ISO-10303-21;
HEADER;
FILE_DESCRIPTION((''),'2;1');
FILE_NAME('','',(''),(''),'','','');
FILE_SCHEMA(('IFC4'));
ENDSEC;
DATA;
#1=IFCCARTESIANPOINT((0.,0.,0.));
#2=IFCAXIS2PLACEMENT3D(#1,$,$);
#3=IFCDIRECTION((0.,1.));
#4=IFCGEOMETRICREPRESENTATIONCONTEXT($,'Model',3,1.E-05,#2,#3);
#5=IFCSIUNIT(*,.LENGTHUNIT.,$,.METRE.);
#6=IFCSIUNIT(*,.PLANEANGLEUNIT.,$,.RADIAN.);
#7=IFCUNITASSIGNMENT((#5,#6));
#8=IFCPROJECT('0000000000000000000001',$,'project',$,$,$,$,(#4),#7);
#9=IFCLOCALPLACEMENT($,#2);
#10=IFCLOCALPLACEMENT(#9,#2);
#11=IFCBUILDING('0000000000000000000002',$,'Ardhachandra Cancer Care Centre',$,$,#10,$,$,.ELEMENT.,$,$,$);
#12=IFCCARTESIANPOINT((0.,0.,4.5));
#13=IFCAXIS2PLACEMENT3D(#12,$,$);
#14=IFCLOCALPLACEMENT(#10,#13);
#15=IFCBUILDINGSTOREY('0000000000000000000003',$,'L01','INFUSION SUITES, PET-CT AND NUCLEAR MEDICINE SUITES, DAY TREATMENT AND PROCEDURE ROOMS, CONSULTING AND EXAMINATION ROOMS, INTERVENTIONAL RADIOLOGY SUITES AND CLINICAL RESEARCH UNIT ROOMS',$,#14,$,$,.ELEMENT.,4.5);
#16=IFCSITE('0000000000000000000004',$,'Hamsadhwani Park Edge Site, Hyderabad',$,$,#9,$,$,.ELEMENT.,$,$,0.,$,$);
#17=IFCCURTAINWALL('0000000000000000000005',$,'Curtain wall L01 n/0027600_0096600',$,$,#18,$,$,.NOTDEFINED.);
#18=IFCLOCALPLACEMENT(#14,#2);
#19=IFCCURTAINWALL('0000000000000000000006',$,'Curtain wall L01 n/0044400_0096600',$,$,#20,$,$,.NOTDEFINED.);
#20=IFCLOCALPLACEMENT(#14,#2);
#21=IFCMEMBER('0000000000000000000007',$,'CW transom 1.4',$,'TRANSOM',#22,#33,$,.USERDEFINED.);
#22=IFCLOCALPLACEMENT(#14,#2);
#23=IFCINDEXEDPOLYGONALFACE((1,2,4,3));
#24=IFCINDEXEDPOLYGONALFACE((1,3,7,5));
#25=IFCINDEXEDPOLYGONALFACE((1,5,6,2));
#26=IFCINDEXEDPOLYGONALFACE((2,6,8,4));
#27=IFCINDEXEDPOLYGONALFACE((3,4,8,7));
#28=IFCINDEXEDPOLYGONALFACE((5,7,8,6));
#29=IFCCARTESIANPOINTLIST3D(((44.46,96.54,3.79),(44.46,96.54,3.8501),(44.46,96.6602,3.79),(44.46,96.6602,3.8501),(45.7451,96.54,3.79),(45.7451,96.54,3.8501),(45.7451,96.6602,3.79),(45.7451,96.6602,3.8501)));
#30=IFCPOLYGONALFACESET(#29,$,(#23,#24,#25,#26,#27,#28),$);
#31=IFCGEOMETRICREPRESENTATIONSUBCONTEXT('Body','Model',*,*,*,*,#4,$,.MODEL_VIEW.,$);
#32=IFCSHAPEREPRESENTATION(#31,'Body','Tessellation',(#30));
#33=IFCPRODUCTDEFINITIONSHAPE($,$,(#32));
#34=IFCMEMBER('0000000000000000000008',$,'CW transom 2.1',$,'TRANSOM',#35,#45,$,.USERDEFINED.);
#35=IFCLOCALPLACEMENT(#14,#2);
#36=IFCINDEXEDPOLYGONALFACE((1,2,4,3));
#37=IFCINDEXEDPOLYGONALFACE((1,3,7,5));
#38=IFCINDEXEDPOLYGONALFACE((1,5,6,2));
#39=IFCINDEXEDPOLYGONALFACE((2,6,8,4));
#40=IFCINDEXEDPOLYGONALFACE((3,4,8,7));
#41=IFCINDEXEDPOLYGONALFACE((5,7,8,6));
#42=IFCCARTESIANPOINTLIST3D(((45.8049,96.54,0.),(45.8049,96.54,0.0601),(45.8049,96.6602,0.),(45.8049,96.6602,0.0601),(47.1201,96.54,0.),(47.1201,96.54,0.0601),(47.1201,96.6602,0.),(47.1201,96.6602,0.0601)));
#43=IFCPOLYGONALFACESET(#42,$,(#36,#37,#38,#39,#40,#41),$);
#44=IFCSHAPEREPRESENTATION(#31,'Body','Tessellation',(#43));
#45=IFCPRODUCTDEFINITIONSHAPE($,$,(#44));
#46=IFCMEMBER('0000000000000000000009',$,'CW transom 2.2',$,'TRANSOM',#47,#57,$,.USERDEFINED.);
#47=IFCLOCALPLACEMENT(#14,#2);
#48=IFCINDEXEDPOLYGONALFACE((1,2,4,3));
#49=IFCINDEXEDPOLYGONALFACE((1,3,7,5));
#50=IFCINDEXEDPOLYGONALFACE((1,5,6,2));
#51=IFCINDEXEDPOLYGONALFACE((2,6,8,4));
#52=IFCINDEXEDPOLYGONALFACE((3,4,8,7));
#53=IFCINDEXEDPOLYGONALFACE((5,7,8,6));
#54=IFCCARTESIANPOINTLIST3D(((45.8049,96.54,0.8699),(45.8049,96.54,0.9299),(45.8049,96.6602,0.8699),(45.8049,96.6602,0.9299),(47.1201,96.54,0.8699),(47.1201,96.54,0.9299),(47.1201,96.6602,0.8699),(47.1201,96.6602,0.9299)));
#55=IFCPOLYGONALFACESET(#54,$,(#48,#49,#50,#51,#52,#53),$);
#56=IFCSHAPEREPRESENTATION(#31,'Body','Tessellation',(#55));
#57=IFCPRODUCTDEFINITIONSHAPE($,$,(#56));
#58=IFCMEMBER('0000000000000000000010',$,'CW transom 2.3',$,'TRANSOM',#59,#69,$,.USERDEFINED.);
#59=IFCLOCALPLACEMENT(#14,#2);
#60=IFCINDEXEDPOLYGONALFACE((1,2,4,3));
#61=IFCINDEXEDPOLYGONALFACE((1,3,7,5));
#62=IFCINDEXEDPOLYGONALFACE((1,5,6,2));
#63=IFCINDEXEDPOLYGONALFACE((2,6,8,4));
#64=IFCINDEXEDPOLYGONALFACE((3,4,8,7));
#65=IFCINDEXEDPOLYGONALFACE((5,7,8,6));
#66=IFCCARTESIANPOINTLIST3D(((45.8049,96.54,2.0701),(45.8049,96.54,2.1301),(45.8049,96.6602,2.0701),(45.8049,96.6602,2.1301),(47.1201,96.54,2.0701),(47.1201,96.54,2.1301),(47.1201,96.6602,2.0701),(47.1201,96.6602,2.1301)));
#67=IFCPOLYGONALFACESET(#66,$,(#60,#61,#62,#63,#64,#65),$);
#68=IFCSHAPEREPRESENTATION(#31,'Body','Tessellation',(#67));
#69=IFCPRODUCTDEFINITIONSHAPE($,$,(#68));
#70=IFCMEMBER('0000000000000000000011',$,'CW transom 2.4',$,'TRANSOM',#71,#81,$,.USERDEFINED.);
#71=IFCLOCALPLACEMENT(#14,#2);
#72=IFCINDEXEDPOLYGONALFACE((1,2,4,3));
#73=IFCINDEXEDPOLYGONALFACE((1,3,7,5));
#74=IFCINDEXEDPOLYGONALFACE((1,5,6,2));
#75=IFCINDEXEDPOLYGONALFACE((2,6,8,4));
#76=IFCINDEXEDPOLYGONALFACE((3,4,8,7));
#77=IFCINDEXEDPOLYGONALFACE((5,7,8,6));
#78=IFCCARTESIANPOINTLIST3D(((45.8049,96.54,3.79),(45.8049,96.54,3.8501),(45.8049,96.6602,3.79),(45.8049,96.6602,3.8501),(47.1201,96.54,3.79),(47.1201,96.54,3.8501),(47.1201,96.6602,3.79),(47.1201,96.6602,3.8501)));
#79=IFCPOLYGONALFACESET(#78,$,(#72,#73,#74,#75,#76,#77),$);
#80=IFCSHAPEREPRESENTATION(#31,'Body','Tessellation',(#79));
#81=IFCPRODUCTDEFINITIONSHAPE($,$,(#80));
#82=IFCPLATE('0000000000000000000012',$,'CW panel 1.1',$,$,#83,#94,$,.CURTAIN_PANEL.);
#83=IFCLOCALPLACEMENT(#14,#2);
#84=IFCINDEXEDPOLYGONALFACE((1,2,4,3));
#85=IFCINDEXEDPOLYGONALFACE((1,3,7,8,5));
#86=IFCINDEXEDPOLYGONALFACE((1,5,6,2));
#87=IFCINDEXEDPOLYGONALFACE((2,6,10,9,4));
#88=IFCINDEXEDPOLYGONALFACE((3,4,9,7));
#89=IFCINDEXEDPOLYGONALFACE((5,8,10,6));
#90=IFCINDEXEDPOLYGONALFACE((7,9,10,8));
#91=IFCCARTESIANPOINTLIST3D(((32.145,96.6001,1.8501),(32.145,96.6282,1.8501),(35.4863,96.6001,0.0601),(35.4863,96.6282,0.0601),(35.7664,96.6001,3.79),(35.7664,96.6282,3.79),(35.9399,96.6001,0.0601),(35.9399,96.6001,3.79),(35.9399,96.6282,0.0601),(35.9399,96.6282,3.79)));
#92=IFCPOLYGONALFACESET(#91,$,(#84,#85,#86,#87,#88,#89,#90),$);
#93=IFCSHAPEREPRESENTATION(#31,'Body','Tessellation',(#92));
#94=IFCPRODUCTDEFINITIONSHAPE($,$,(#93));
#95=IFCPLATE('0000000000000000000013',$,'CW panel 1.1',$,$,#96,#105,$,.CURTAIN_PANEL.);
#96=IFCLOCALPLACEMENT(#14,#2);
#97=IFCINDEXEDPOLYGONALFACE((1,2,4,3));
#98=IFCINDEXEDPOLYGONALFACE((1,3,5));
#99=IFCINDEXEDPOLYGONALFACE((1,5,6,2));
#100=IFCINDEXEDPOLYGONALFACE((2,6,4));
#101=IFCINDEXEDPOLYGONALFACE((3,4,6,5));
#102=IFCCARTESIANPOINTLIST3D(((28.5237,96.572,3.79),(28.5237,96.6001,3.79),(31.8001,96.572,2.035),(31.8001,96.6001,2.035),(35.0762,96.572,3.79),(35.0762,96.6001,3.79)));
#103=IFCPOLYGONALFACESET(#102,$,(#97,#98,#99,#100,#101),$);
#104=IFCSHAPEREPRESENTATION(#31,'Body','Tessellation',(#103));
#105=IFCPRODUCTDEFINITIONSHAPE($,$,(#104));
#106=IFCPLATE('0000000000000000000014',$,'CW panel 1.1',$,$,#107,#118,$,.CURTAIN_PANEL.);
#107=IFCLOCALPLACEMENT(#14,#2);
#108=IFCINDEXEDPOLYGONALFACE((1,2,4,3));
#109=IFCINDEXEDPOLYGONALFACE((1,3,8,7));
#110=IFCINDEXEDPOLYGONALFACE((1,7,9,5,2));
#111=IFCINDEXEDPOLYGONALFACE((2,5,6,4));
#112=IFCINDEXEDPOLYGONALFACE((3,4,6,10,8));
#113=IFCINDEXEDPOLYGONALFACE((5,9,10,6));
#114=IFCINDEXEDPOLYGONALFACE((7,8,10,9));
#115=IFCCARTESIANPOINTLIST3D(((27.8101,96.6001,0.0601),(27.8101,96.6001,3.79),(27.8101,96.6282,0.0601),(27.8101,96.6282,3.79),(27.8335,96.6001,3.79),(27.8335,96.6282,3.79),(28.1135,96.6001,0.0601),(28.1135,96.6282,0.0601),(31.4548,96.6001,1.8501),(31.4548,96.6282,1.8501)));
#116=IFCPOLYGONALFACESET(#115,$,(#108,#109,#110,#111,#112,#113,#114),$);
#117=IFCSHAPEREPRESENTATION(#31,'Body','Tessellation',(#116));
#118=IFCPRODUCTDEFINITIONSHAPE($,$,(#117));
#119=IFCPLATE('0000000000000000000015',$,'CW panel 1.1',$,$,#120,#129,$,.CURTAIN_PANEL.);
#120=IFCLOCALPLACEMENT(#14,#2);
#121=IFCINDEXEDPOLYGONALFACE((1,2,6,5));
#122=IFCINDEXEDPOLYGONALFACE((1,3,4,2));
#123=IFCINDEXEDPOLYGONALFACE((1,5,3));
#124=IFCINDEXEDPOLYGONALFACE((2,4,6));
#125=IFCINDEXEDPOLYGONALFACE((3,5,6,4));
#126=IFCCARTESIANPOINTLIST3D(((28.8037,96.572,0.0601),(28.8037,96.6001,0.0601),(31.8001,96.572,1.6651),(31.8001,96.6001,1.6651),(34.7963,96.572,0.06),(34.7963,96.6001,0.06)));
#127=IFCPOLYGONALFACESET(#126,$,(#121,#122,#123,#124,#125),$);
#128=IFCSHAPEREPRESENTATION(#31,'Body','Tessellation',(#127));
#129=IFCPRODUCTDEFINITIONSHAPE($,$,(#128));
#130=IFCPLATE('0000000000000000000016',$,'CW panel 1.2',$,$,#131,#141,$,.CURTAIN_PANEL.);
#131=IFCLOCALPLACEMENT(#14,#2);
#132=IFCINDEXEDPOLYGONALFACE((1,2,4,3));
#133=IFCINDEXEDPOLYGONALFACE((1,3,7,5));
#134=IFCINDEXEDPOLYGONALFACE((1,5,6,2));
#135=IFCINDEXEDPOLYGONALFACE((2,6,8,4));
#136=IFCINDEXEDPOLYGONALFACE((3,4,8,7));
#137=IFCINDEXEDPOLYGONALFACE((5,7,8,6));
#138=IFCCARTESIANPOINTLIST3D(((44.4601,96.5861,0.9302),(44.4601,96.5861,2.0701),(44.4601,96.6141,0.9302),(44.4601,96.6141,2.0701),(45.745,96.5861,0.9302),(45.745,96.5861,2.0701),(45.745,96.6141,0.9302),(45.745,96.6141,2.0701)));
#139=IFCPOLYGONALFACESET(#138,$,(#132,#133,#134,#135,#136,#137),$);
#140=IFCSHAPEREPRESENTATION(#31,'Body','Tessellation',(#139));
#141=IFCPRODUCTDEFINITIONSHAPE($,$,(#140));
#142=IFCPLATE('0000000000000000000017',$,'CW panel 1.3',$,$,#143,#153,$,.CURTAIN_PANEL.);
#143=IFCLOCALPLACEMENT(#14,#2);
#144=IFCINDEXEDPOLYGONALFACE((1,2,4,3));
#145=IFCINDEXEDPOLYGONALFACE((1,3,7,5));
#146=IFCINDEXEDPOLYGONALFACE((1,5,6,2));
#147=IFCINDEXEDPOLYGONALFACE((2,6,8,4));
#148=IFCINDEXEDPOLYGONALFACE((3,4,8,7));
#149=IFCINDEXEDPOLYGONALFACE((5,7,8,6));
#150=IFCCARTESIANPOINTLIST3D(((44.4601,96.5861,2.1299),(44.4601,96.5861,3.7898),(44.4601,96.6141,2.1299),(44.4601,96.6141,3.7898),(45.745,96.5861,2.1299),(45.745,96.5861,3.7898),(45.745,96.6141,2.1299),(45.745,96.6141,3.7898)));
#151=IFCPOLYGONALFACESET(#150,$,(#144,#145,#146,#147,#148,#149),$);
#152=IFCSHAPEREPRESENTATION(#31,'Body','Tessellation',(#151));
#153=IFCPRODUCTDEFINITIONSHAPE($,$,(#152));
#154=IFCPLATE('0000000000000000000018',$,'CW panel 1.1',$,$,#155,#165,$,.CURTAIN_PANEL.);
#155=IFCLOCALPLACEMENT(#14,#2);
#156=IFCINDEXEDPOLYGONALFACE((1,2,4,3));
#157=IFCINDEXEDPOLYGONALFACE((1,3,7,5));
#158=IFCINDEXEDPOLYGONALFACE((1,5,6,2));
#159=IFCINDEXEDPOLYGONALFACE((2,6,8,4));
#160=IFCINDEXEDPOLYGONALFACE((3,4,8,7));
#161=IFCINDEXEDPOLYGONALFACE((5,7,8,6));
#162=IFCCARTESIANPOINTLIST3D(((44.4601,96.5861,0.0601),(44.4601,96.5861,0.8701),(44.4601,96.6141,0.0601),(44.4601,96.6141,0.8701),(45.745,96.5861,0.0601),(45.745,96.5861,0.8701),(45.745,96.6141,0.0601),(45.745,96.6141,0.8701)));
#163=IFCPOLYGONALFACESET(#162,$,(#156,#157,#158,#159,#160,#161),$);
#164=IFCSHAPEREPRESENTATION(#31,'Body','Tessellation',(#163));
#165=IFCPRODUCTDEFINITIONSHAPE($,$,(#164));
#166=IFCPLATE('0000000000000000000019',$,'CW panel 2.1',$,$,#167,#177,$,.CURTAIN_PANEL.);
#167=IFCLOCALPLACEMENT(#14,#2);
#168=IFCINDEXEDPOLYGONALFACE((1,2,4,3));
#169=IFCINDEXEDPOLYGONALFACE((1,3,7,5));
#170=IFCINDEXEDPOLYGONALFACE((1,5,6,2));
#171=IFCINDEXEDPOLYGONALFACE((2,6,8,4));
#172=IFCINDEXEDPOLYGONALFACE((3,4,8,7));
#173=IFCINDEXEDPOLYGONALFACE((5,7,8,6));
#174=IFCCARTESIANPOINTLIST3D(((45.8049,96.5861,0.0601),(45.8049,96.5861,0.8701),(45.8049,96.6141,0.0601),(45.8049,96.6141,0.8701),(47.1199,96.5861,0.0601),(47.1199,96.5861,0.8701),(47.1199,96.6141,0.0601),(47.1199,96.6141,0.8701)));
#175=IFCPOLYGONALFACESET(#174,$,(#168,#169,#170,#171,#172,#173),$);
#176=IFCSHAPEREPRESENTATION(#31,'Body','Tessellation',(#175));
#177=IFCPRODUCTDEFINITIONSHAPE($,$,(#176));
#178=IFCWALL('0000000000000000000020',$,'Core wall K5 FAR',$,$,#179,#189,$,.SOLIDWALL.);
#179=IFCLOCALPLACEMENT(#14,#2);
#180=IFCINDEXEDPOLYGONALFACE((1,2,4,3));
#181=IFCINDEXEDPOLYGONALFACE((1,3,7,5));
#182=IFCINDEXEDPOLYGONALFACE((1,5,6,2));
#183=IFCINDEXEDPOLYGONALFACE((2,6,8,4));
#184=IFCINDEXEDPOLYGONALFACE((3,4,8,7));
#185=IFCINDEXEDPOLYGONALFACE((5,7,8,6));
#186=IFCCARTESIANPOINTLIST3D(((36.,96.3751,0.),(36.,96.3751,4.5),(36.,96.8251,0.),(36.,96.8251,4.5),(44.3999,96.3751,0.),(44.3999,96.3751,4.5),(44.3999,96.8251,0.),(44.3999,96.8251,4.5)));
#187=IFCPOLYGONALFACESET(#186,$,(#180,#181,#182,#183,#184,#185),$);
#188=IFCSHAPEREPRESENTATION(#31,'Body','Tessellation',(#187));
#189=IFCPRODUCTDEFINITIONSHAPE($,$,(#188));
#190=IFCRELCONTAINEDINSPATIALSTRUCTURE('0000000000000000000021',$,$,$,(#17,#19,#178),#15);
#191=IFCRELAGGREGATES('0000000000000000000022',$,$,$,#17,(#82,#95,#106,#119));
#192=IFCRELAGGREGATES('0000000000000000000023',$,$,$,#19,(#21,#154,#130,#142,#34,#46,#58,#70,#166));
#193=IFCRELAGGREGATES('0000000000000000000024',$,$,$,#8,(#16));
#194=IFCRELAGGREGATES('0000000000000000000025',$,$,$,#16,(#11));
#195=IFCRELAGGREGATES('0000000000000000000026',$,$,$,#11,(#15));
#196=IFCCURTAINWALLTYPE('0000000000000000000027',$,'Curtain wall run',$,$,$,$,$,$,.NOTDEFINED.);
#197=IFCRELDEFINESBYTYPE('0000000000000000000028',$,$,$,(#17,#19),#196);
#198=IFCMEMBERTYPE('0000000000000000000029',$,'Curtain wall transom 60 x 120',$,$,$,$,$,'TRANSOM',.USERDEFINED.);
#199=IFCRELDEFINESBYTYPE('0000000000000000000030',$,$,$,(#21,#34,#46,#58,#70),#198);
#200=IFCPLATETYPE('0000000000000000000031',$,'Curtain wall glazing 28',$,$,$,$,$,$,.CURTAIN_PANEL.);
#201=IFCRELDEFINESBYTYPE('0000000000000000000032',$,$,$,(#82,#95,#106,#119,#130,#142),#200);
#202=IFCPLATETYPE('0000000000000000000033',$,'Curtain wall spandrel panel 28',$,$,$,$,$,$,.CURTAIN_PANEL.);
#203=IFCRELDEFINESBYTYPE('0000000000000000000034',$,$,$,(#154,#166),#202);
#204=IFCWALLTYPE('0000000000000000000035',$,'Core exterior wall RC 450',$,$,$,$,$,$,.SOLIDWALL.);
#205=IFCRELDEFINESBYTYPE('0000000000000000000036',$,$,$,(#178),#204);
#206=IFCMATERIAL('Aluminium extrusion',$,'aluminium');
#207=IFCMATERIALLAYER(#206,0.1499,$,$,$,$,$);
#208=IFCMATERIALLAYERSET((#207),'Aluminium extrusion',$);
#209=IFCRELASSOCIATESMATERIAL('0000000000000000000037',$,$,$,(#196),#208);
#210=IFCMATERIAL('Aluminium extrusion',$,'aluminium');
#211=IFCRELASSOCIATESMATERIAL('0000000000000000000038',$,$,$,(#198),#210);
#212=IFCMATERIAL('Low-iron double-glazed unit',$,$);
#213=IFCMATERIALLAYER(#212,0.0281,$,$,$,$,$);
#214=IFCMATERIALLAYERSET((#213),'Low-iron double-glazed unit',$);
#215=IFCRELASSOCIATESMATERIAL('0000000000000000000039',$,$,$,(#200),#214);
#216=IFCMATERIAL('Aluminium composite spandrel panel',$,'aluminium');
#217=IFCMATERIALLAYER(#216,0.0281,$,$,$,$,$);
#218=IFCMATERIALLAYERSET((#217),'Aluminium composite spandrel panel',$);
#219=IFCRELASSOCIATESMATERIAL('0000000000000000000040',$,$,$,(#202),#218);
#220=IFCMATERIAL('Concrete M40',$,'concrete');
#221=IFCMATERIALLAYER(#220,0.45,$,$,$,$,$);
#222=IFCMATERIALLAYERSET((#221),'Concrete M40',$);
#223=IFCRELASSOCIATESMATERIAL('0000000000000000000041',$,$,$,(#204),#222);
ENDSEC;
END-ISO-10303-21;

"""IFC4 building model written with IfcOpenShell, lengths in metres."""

from ifc_helpers import new_model, si_unit, direction, frame, frame_2d, origin, origin_2d, place, context, subcontext, project, spatial, polyline, rectangle, outline, extrude, material, layer, layer_set, material_profile, profile_set, type_object, element, aggregate, save


model = new_model("IFC4")

# Units and contexts
model_context = context("Model", 3, precision=1e-05, world=origin(), true_north=direction((0.0, 1.0)))
body_context = subcontext(model_context, "Body", "Model", "MODEL_VIEW")
ifc_project = project(units=[si_unit("LENGTHUNIT", "METRE"), si_unit("PLANEANGLEUNIT", "RADIAN")], contexts=[model_context])

# Site, building, storey
site_placement = place(None, origin())
site = spatial("IfcSite", under=ifc_project, at=site_placement, Name="Hamsadhwani Park Edge Site, Hyderabad", CompositionType="ELEMENT", RefElevation=0.0)
building_placement = place(site_placement, origin())
building = spatial("IfcBuilding", under=site, at=building_placement, Name="Ardhachandra Cancer Care Centre", CompositionType="ELEMENT")
storey_placement = place(building_placement, frame((0.0, 0.0, 4.5)))
storey = spatial("IfcBuildingStorey", under=building, at=storey_placement, Name="L01", Description="INFUSION SUITES, PET-CT AND NUCLEAR MEDICINE SUITES, DAY TREATMENT AND PROCEDURE ROOMS, CONSULTING AND EXAMINATION ROOMS, INTERVENTIONAL RADIOLOGY SUITES AND CLINICAL RESEARCH UNIT ROOMS", CompositionType="ELEMENT", Elevation=4.5)

# Curtain walls
ifc_material_1 = material(Name="Aluminium extrusion", Category="aluminium")
ifc_layer_1 = layer(ifc_material_1, 0.1499)
ifc_layer_set_1 = layer_set([ifc_layer_1], Name="Aluminium extrusion")
curtain_wall_type = type_object("IfcCurtainWallType", Name="Curtain wall run", PredefinedType="NOTDEFINED", material=ifc_layer_set_1)
curtain_wall_1_placement = place(storey_placement, origin())
curtain_wall_1 = element("IfcCurtainWall", 1, at=curtain_wall_1_placement, inside=storey, type_object=curtain_wall_type, Name="Curtain wall L01 n/0027600_0096600", PredefinedType="NOTDEFINED")
curtain_wall_2_placement = place(storey_placement, origin())
curtain_wall_2 = element("IfcCurtainWall", 2, at=curtain_wall_2_placement, inside=storey, type_object=curtain_wall_type, Name="Curtain wall L01 n/0044400_0096600", PredefinedType="NOTDEFINED")

# Members
ifc_material_2 = material(Name="Aluminium extrusion", Category="aluminium")
ifc_material_profile_1 = material_profile(ifc_material_2, rectangle(XDim=0.1201, YDim=0.0601, at=origin_2d()), Name="Curtain wall transom 60 x 120")
ifc_profile_set_1 = profile_set([ifc_material_profile_1], Name="Aluminium extrusion")
member_type_1 = type_object("IfcMemberType", Name="Curtain wall transom 60 x 120", ElementType="TRANSOM", PredefinedType="USERDEFINED", material=ifc_profile_set_1)
member_1_placement = place(storey_placement, frame((44.46, 96.6001, 3.8201), z_axis=(1.0, 0.0, 0.0), x_axis=(0.0, 1.0, 0.0)))
member_1 = element("IfcMember", 3, at=member_1_placement, type_object=member_type_1, Name="CW transom 1.4", ObjectType="TRANSOM", PredefinedType="USERDEFINED", context=body_context, shape_type="SweptSolid", body=[
    extrude(rectangle(XDim=0.1201, YDim=0.0601, at=origin_2d()), origin(), (0.0, 0.0, 1.0), 1.2852),
])
member_2_placement = place(storey_placement, frame((45.8049, 96.6001, 0.03), z_axis=(1.0, 0.0, 0.0), x_axis=(0.0, 1.0, 0.0)))
member_2 = element("IfcMember", 4, at=member_2_placement, type_object=member_type_1, Name="CW transom 2.1", ObjectType="TRANSOM", PredefinedType="USERDEFINED", context=body_context, shape_type="SweptSolid", body=[
    extrude(rectangle(XDim=0.1201, YDim=0.0601, at=origin_2d()), origin(), (0.0, 0.0, 1.0), 1.3152),
])
member_3_placement = place(storey_placement, frame((45.8049, 96.6001, 0.8999), z_axis=(1.0, 0.0, 0.0), x_axis=(0.0, 1.0, 0.0)))
member_3 = element("IfcMember", 5, at=member_3_placement, type_object=member_type_1, Name="CW transom 2.2", ObjectType="TRANSOM", PredefinedType="USERDEFINED", context=body_context, shape_type="SweptSolid", body=[
    extrude(rectangle(XDim=0.1201, YDim=0.0601, at=origin_2d()), origin(), (0.0, 0.0, 1.0), 1.3152),
])
member_4_placement = place(storey_placement, frame((45.8049, 96.6001, 2.1001), z_axis=(1.0, 0.0, 0.0), x_axis=(0.0, 1.0, 0.0)))
member_4 = element("IfcMember", 6, at=member_4_placement, type_object=member_type_1, Name="CW transom 2.3", ObjectType="TRANSOM", PredefinedType="USERDEFINED", context=body_context, shape_type="SweptSolid", body=[
    extrude(rectangle(XDim=0.1201, YDim=0.0601, at=origin_2d()), origin(), (0.0, 0.0, 1.0), 1.3152),
])
member_5_placement = place(storey_placement, frame((45.8049, 96.6001, 3.8201), z_axis=(1.0, 0.0, 0.0), x_axis=(0.0, 1.0, 0.0)))
member_5 = element("IfcMember", 7, at=member_5_placement, type_object=member_type_1, Name="CW transom 2.4", ObjectType="TRANSOM", PredefinedType="USERDEFINED", context=body_context, shape_type="SweptSolid", body=[
    extrude(rectangle(XDim=0.1201, YDim=0.0601, at=origin_2d()), origin(), (0.0, 0.0, 1.0), 1.3152),
])

# Plates
ifc_material_3 = material(Name="Low-iron double-glazed unit")
ifc_layer_2 = layer(ifc_material_3, 0.0281)
ifc_layer_set_2 = layer_set([ifc_layer_2], Name="Low-iron double-glazed unit")
plate_type_1 = type_object("IfcPlateType", Name="Curtain wall glazing 28", PredefinedType="CURTAIN_PANEL", material=ifc_layer_set_2)
plate_1_placement = place(storey_placement, frame((35.9399, 96.6001, 3.79), z_axis=(0.0, 1.0, 0.0), x_axis=(0.0, 0.0, -1.0)))
plate_1 = element("IfcPlate", 8, at=plate_1_placement, type_object=plate_type_1, Name="CW panel 1.1", PredefinedType="CURTAIN_PANEL", context=body_context, shape_type="SweptSolid", body=[
    extrude(outline(polyline([(0.0, 0.0), (3.73, 0.0), (3.73, 0.4536), (1.9399, 3.7949), (0.0, 0.1736), (0.0, 0.0)])), origin(), (0.0, 0.0, 1.0), 0.0281),
])
plate_2_placement = place(storey_placement, frame((35.0762, 96.6001, 3.79), z_axis=(0.0, 1.0, 0.0), x_axis=(-0.881473, 0.0, -0.472234)))
plate_2 = element("IfcPlate", 9, at=plate_2_placement, type_object=plate_type_1, Name="CW panel 1.1", PredefinedType="CURTAIN_PANEL", context=body_context, shape_type="SweptSolid", body=[
    extrude(outline(polyline([(0.0, 0.0), (3.7166, 0.0), (5.7759, 3.0942), (0.0, 0.0)])), frame((0.0, 0.0, -0.0281)), (0.0, 0.0, 1.0), 0.0281),
])
plate_3_placement = place(storey_placement, frame((27.8101, 96.6001, 0.0601), z_axis=(0.0, 1.0, 0.0), x_axis=(0.0, 0.0, 1.0)))
plate_3 = element("IfcPlate", 10, at=plate_3_placement, type_object=plate_type_1, Name="CW panel 1.1", PredefinedType="CURTAIN_PANEL", context=body_context, shape_type="SweptSolid", body=[
    extrude(outline(polyline([(0.0, 0.0), (3.73, 0.0), (3.73, 0.0234), (1.79, 3.6448), (0.0, 0.3035), (0.0, 0.0)])), origin(), (0.0, 0.0, 1.0), 0.0281),
])
plate_4_placement = place(storey_placement, frame((28.8037, 96.6001, 0.0601), z_axis=(0.0, 1.0, 0.0), x_axis=(0.881505, 0.0, 0.472176)))
plate_4 = element("IfcPlate", 11, at=plate_4_placement, type_object=plate_type_1, Name="CW panel 1.1", PredefinedType="CURTAIN_PANEL", context=body_context, shape_type="SweptSolid", body=[
    extrude(outline(polyline([(0.0, 0.0), (3.3992, 0.0), (5.2825, 2.8296), (0.0, 0.0)])), frame((0.0, 0.0, -0.0281)), (0.0, 0.0, 1.0), 0.0281),
])
aggregate(curtain_wall_1, [plate_1, plate_2, plate_3, plate_4])
plate_5_placement = place(storey_placement, frame((45.1025, 96.6001, 0.9302), z_axis=(0.0, 0.0, 1.0), x_axis=(1.0, 0.0, 0.0)))
plate_5 = element("IfcPlate", 12, at=plate_5_placement, type_object=plate_type_1, Name="CW panel 1.2", PredefinedType="CURTAIN_PANEL", context=body_context, shape_type="SweptSolid", body=[
    extrude(rectangle(XDim=1.2849, YDim=0.0281, at=origin_2d()), origin(), (0.0, 0.0, 1.0), 1.1399),
])
plate_6_placement = place(storey_placement, frame((45.1025, 96.6001, 2.1299), z_axis=(0.0, 0.0, 1.0), x_axis=(1.0, 0.0, 0.0)))
plate_6 = element("IfcPlate", 13, at=plate_6_placement, type_object=plate_type_1, Name="CW panel 1.3", PredefinedType="CURTAIN_PANEL", context=body_context, shape_type="SweptSolid", body=[
    extrude(rectangle(XDim=1.2849, YDim=0.0281, at=origin_2d()), origin(), (0.0, 0.0, 1.0), 1.6599),
])
ifc_material_4 = material(Name="Aluminium composite spandrel panel", Category="aluminium")
ifc_layer_3 = layer(ifc_material_4, 0.0281)
ifc_layer_set_3 = layer_set([ifc_layer_3], Name="Aluminium composite spandrel panel")
plate_type_2 = type_object("IfcPlateType", Name="Curtain wall spandrel panel 28", PredefinedType="CURTAIN_PANEL", material=ifc_layer_set_3)
plate_7_placement = place(storey_placement, frame((45.1025, 96.6001, 0.0601), z_axis=(0.0, 0.0, 1.0), x_axis=(1.0, 0.0, 0.0)))
plate_7 = element("IfcPlate", 14, at=plate_7_placement, type_object=plate_type_2, Name="CW panel 1.1", PredefinedType="CURTAIN_PANEL", context=body_context, shape_type="SweptSolid", body=[
    extrude(rectangle(XDim=1.2849, YDim=0.0281, at=origin_2d()), origin(), (0.0, 0.0, 1.0), 0.8101),
])
plate_8_placement = place(storey_placement, frame((46.4624, 96.6001, 0.0601), z_axis=(0.0, 0.0, 1.0), x_axis=(1.0, 0.0, 0.0)))
plate_8 = element("IfcPlate", 15, at=plate_8_placement, type_object=plate_type_2, Name="CW panel 2.1", PredefinedType="CURTAIN_PANEL", context=body_context, shape_type="SweptSolid", body=[
    extrude(rectangle(XDim=1.3149, YDim=0.0281, at=origin_2d()), origin(), (0.0, 0.0, 1.0), 0.8101),
])
aggregate(curtain_wall_2, [member_1, plate_7, plate_5, plate_6, member_2, member_3, member_4, member_5, plate_8])

# Wall
ifc_material_5 = material(Name="Concrete M40", Category="concrete")
ifc_layer_4 = layer(ifc_material_5, 0.45)
ifc_layer_set_4 = layer_set([ifc_layer_4], Name="Concrete M40")
wall_type_1 = type_object("IfcWallType", Name="Core exterior wall RC 450", PredefinedType="SOLIDWALL", material=ifc_layer_set_4)
wall_1_placement = place(storey_placement, frame((44.3999, 96.6001, 0.0), z_axis=(0.0, 0.0, 1.0), x_axis=(-1.0, 0.0, 0.0)))
element("IfcWall", 16, at=wall_1_placement, inside=storey, type_object=wall_type_1, Name="Core wall K5 FAR", PredefinedType="SOLIDWALL", context=body_context, shape_type="SweptSolid", body=[
    extrude(rectangle(XDim=8.3999, YDim=0.45, at=frame_2d((4.2, 0.0))), origin(), (0.0, 0.0, 1.0), 4.5),
])

save(model, "model.ifc")
